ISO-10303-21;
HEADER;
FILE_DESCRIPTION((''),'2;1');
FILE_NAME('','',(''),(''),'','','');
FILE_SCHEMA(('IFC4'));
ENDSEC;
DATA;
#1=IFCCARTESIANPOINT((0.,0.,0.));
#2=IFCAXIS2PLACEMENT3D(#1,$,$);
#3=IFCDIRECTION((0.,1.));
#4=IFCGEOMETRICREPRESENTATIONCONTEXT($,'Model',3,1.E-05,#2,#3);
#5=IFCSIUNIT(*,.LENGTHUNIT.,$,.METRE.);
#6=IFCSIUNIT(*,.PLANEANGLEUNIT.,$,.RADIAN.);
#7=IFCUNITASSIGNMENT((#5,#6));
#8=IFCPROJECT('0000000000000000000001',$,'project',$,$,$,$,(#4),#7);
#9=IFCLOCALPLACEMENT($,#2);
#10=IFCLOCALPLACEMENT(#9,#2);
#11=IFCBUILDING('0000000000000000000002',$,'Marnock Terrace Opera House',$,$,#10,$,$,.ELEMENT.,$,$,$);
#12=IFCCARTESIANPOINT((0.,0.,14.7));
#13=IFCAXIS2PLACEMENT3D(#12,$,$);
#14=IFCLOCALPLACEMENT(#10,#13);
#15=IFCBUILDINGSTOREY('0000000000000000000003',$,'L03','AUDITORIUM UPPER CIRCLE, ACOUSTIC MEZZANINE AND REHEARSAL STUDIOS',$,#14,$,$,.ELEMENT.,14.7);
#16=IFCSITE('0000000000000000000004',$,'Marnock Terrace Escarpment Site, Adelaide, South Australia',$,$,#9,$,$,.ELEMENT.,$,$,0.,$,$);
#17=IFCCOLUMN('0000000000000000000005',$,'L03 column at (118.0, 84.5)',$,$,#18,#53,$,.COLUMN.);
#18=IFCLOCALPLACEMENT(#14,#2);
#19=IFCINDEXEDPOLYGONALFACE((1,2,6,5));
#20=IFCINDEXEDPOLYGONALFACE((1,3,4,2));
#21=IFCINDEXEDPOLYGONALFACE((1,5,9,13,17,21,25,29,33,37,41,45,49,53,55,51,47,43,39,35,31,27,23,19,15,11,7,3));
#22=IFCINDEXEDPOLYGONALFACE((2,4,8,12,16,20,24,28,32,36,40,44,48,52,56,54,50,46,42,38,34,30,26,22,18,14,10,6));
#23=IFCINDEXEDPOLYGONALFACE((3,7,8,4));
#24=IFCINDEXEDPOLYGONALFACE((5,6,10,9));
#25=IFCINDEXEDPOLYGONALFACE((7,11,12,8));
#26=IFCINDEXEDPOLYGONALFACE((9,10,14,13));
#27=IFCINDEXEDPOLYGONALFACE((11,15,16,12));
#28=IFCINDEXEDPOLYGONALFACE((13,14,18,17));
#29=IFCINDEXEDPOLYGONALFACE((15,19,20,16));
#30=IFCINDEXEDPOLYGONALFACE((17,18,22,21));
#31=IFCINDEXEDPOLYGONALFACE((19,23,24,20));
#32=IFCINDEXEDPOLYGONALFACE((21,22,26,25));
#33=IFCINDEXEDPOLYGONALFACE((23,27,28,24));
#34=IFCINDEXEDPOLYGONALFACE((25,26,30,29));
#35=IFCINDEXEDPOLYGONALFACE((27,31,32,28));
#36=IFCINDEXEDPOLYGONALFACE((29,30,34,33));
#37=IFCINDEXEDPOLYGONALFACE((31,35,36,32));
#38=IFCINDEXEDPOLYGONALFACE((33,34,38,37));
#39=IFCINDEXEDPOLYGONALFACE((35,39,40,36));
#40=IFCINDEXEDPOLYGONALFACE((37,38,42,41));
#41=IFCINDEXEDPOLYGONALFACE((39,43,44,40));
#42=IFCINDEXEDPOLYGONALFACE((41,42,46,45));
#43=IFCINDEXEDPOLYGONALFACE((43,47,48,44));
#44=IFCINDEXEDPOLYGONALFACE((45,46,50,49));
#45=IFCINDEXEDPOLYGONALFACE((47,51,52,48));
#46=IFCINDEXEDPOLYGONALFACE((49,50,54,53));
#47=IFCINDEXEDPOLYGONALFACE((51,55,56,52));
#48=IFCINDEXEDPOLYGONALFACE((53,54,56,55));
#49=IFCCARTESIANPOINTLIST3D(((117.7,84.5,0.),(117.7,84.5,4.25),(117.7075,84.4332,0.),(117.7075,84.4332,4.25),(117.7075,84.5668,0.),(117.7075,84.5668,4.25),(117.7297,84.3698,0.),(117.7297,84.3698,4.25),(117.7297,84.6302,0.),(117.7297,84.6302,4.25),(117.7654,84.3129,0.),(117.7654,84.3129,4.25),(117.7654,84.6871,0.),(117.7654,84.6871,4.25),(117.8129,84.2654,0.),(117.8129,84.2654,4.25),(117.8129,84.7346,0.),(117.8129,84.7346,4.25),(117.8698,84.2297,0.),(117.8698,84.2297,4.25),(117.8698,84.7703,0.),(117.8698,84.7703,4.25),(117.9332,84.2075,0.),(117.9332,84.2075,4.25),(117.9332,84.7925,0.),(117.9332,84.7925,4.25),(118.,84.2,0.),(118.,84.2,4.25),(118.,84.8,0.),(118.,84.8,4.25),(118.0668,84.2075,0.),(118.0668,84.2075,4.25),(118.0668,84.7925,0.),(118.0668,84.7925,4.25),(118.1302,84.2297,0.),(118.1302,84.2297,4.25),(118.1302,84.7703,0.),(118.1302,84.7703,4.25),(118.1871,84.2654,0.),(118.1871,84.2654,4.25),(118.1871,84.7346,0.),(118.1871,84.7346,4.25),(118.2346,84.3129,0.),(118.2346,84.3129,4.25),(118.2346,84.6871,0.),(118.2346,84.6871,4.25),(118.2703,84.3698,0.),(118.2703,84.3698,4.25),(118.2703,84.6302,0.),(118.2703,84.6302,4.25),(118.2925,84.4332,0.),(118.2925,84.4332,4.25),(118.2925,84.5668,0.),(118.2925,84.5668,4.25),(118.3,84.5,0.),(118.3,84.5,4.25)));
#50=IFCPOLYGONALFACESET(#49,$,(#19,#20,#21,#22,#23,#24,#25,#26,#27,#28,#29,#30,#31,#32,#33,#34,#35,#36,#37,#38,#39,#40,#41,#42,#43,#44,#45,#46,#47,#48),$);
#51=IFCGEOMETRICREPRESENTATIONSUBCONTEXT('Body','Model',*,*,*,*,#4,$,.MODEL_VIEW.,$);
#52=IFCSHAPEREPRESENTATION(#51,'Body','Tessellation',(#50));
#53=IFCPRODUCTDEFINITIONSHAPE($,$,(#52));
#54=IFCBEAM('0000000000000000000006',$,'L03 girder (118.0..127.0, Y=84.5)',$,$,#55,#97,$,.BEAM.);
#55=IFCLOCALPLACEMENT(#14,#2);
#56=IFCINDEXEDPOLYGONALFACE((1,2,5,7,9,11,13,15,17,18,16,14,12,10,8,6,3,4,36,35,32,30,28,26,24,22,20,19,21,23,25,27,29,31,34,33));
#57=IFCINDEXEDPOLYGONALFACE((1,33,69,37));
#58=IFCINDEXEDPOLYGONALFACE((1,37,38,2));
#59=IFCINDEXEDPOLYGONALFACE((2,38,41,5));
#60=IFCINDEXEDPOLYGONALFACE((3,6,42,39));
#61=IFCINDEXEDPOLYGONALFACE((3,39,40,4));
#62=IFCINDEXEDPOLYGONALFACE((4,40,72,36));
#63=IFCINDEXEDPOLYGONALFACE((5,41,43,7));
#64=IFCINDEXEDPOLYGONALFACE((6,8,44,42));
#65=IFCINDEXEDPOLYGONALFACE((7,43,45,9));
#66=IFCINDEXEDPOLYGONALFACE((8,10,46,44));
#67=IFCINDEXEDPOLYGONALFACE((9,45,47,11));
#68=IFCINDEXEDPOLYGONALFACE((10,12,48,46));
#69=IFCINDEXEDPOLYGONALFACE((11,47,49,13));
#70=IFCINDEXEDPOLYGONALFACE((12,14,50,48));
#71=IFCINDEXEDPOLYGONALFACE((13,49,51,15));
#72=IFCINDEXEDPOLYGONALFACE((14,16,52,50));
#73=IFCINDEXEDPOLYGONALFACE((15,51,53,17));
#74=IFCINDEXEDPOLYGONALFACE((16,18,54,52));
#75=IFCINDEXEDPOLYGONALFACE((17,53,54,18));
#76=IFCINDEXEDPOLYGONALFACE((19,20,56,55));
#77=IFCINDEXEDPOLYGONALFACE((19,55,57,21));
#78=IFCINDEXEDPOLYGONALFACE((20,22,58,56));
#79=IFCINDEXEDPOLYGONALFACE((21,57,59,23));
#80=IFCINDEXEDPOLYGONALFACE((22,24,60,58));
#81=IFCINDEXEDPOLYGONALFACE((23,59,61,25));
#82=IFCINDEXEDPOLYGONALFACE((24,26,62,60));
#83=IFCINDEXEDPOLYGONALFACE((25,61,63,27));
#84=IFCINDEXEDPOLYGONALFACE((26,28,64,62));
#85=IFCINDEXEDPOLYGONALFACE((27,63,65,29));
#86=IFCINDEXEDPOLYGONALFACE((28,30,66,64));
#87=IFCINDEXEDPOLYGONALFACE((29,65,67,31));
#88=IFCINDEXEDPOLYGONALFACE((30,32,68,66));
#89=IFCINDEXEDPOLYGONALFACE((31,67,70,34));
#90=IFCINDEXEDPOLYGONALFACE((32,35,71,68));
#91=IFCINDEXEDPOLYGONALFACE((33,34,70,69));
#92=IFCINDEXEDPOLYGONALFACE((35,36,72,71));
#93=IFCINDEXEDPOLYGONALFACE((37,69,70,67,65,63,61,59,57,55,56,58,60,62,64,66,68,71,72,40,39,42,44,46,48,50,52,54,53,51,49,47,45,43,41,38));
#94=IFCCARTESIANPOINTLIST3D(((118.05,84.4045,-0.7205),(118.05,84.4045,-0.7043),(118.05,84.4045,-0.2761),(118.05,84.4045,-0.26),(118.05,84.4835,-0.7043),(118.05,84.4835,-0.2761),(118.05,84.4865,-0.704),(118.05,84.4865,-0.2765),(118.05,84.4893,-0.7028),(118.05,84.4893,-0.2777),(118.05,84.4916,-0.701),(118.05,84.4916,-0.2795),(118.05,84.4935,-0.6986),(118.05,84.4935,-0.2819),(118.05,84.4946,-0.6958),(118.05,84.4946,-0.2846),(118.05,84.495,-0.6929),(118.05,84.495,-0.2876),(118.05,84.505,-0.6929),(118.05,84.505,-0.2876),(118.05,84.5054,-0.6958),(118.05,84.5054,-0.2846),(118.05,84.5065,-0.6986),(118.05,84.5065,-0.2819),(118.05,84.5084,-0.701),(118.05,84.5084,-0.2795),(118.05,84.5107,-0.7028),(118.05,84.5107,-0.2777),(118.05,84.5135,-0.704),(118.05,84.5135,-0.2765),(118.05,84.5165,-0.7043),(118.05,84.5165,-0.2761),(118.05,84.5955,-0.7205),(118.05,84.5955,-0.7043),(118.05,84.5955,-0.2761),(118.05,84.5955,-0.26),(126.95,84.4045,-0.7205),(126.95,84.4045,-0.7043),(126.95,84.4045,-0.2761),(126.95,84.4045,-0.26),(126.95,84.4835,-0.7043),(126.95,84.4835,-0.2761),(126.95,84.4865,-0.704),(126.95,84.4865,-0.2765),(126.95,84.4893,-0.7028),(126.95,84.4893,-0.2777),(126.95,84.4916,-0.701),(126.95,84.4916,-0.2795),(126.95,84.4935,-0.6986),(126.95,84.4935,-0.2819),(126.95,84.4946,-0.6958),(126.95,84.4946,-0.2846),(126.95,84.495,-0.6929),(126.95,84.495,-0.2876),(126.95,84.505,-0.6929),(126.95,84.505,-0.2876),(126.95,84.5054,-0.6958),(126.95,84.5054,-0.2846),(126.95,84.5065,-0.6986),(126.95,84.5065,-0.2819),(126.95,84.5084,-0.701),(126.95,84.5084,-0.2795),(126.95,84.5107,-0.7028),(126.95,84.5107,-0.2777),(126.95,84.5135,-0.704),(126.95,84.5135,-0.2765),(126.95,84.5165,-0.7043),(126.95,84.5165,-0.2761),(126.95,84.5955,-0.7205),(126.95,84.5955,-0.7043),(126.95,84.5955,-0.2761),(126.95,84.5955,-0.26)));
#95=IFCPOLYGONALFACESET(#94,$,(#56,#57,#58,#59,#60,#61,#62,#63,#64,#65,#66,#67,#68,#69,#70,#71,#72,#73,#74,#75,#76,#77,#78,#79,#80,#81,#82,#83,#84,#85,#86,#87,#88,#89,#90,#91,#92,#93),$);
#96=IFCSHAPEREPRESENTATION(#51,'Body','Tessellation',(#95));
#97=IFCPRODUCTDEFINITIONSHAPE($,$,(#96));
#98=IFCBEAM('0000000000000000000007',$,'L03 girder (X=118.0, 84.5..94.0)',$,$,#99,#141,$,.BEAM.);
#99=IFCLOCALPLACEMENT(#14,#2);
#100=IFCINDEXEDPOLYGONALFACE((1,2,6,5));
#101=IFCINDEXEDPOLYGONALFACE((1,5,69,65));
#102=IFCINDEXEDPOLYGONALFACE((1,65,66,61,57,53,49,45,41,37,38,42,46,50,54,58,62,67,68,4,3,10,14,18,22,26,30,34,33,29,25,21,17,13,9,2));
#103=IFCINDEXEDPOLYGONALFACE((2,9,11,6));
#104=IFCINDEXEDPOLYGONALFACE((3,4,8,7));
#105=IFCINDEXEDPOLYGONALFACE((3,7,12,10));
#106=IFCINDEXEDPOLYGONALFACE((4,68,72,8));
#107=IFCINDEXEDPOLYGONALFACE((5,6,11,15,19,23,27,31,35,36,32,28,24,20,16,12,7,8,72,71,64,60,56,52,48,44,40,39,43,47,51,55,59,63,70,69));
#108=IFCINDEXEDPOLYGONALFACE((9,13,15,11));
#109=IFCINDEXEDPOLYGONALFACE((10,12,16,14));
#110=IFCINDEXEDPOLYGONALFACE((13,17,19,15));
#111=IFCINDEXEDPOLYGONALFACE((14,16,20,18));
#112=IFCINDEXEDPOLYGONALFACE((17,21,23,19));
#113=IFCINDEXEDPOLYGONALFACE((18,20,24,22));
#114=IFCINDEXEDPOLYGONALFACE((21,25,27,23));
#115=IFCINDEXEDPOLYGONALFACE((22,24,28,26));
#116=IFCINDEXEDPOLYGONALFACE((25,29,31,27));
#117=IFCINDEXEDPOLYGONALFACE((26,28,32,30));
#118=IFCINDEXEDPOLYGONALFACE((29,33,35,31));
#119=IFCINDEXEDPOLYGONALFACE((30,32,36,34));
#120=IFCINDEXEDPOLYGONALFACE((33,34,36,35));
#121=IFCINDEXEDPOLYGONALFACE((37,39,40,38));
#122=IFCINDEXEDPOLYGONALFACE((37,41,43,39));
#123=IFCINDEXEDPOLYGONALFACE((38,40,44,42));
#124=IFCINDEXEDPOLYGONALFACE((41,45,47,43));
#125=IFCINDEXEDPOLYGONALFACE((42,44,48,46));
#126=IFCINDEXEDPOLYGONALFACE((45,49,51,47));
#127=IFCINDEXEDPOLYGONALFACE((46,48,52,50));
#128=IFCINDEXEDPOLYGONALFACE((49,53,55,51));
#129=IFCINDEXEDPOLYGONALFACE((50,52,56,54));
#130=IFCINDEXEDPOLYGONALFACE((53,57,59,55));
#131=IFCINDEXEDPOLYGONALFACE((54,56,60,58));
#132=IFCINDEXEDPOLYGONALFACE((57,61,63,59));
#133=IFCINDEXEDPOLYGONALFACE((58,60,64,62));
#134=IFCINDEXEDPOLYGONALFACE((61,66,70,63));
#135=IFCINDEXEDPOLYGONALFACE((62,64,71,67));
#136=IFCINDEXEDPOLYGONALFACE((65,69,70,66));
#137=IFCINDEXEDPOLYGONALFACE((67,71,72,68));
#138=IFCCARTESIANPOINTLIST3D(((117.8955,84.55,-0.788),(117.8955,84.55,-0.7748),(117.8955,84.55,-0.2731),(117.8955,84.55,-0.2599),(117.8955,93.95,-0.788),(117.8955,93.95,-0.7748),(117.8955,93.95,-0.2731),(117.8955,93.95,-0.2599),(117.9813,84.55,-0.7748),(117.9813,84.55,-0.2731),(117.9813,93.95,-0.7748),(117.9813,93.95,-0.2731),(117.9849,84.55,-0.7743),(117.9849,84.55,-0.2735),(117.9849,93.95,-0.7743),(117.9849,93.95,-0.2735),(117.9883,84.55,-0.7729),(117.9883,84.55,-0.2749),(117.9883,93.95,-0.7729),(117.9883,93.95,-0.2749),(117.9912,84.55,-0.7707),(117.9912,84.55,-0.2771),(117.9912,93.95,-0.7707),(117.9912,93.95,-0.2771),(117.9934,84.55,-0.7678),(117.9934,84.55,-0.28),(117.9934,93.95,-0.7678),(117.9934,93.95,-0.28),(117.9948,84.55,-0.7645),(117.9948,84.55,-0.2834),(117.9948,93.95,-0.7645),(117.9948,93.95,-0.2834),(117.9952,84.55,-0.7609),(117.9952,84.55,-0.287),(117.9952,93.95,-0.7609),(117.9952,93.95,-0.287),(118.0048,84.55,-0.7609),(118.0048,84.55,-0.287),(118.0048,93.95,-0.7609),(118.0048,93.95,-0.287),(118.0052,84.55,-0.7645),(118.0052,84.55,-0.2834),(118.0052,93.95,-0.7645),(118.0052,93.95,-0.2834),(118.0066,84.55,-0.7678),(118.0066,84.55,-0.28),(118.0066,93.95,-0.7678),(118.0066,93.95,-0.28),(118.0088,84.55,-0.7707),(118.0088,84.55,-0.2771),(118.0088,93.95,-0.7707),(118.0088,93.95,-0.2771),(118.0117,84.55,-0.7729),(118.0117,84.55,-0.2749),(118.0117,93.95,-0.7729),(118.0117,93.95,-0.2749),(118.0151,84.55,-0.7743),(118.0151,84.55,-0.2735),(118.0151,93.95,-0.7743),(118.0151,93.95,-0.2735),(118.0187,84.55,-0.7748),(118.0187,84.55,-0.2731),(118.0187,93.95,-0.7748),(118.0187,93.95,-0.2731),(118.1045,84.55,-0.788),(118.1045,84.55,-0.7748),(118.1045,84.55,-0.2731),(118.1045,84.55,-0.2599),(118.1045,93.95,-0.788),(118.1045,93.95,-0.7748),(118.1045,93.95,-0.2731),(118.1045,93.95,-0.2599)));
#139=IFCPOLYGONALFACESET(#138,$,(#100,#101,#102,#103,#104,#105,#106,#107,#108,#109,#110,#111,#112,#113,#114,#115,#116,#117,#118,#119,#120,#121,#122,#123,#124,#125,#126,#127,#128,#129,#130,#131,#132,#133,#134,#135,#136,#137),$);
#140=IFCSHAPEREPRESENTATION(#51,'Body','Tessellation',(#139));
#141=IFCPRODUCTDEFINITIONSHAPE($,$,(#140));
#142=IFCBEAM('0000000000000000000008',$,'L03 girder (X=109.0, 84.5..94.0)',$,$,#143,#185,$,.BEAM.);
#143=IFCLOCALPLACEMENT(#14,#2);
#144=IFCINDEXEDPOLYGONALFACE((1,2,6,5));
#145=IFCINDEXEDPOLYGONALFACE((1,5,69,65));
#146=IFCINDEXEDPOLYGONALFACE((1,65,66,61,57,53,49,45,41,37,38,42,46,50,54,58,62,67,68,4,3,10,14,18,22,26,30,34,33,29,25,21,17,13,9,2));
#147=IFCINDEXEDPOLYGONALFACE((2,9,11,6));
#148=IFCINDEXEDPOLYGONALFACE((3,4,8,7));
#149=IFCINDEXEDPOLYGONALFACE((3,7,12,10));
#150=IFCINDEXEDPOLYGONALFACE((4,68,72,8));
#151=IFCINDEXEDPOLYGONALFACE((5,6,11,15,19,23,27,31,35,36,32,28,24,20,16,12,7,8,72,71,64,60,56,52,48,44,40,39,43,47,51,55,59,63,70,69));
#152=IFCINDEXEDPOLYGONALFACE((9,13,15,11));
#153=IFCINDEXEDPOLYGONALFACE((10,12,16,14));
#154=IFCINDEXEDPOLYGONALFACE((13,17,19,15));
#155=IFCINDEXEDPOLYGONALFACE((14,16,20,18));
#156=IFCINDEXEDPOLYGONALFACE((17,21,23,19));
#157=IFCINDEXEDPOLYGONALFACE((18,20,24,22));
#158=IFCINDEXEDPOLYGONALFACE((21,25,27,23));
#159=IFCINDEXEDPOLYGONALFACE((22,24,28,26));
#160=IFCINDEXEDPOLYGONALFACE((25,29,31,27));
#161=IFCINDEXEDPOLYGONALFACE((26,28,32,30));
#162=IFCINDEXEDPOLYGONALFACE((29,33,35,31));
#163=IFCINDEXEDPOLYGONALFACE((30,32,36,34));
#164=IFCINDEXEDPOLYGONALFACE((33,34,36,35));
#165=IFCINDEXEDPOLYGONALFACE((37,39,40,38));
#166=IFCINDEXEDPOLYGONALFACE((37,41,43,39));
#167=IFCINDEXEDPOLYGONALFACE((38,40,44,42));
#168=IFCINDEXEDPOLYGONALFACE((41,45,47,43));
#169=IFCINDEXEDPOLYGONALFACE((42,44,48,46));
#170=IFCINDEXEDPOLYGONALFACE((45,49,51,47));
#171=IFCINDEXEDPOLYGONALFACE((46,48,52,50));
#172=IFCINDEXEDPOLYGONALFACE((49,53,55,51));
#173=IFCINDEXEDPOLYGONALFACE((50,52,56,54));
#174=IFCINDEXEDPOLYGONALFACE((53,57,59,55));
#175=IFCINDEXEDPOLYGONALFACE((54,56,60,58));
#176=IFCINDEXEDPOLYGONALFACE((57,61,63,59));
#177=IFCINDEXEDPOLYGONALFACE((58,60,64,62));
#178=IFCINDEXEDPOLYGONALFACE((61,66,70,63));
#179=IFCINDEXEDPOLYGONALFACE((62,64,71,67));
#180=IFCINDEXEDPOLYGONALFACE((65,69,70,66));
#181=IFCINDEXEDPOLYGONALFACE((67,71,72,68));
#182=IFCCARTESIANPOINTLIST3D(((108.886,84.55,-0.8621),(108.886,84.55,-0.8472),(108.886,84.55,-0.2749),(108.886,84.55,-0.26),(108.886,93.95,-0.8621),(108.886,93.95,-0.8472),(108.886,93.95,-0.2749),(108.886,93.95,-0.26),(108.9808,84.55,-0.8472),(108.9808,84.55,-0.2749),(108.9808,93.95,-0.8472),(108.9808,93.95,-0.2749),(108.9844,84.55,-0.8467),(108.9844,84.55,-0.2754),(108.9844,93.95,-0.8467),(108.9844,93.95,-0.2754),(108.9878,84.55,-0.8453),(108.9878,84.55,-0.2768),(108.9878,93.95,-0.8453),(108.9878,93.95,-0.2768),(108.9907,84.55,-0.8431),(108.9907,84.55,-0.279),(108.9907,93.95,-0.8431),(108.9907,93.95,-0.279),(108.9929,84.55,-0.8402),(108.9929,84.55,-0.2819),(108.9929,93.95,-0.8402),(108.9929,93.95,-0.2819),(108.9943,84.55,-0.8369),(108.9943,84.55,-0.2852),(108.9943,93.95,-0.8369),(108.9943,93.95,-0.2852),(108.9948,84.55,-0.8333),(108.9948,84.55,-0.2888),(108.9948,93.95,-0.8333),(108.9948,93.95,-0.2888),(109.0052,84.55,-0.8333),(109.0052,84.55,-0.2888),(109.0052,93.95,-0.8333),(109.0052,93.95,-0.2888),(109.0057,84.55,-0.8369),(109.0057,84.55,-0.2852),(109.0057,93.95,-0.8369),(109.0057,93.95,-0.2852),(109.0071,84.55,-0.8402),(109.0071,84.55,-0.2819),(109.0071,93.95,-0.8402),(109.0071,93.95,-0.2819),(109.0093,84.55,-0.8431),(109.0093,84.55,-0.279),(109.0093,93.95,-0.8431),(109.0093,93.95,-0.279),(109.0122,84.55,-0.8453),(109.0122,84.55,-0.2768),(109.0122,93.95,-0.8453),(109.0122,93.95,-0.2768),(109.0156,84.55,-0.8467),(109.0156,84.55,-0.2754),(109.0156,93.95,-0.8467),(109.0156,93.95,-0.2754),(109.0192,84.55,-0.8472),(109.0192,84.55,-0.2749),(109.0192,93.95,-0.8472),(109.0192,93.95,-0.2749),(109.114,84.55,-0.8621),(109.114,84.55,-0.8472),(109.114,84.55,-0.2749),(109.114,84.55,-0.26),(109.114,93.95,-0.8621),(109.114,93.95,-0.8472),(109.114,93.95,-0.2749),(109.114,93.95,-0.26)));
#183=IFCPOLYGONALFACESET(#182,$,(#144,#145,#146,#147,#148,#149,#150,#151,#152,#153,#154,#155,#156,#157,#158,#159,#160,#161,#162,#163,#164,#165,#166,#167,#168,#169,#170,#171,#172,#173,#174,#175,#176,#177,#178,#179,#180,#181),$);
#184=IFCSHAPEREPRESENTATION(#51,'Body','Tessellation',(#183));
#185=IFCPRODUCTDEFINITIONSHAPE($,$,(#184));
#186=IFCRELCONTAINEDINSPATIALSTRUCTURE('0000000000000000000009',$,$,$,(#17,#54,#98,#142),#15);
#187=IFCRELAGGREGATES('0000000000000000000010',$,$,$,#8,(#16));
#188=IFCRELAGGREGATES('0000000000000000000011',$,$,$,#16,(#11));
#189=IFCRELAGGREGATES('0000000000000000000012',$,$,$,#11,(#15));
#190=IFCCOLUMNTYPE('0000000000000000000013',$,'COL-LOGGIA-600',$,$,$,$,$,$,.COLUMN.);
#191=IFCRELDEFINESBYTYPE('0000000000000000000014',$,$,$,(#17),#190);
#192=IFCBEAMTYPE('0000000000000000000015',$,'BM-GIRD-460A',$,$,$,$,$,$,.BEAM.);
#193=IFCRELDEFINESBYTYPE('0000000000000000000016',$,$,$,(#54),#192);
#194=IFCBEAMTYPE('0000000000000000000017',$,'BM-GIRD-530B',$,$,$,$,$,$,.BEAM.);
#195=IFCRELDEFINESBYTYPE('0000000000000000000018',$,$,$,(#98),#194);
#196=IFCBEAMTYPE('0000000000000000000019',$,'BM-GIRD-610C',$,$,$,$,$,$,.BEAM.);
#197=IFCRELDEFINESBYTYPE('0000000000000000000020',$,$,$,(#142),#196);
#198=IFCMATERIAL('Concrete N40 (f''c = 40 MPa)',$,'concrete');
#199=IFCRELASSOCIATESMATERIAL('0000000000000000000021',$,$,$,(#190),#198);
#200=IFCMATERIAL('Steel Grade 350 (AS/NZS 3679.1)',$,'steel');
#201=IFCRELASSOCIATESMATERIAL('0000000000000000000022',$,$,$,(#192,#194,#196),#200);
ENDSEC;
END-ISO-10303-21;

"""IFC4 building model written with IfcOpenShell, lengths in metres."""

from ifc_helpers import new_model, si_unit, direction, frame, origin, origin_2d, place, context, subcontext, project, spatial, circle, i_section, extrude, material, material_profile, profile_set, type_object, element, save


model = new_model("IFC4")

# Units and contexts
model_context = context("Model", 3, precision=1e-05, world=origin(), true_north=direction((0.0, 1.0)))
body_context = subcontext(model_context, "Body", "Model", "MODEL_VIEW")
ifc_project = project(units=[si_unit("LENGTHUNIT", "METRE"), si_unit("PLANEANGLEUNIT", "RADIAN")], contexts=[model_context])

# Site, building, storey
site_placement = place(None, origin())
site = spatial("IfcSite", under=ifc_project, at=site_placement, Name="Marnock Terrace Escarpment Site, Adelaide, South Australia", CompositionType="ELEMENT", RefElevation=0.0)
building_placement = place(site_placement, origin())
building = spatial("IfcBuilding", under=site, at=building_placement, Name="Marnock Terrace Opera House", CompositionType="ELEMENT")
storey_placement = place(building_placement, frame((0.0, 0.0, 14.7)))
storey = spatial("IfcBuildingStorey", under=building, at=storey_placement, Name="L03", Description="AUDITORIUM UPPER CIRCLE, ACOUSTIC MEZZANINE AND REHEARSAL STUDIOS", CompositionType="ELEMENT", Elevation=14.7)

# Column
ifc_material_1 = material(Name="Concrete N40 (f'c = 40 MPa)", Category="concrete")
ifc_material_profile_1 = material_profile(ifc_material_1, circle(Radius=0.3, at=origin_2d()))
ifc_profile_set_1 = profile_set([ifc_material_profile_1], Name="Concrete N40 (f'c = 40 MPa)")
column_type = type_object("IfcColumnType", Name="COL-LOGGIA-600", PredefinedType="COLUMN", material=ifc_profile_set_1)
column_placement = place(storey_placement, frame((118.0, 84.5, 0.0), z_axis=(0.0, 0.0, 1.0), x_axis=(1.0, 0.0, 0.0)))
element("IfcColumn", 1, at=column_placement, inside=storey, type_object=column_type, Name="L03 column at (118.0, 84.5)", PredefinedType="COLUMN", context=body_context, shape_type="SweptSolid", body=[
    extrude(circle(Radius=0.3, at=origin_2d()), origin(), (0.0, 0.0, 1.0), 4.25),
])

# Beams
ifc_material_2 = material(Name="Steel Grade 350 (AS/NZS 3679.1)", Category="steel")
ifc_material_profile_2 = material_profile(ifc_material_2, i_section(OverallWidth=0.1909, OverallDepth=0.4604, WebThickness=0.01, FlangeThickness=0.0161, FilletRadius=0.0115, at=origin_2d()))
ifc_profile_set_2 = profile_set([ifc_material_profile_2], Name="Steel Grade 350 (AS/NZS 3679.1)")
beam_type_1 = type_object("IfcBeamType", Name="BM-GIRD-460A", PredefinedType="BEAM", material=ifc_profile_set_2)
beam_1_placement = place(storey_placement, frame((118.05, 84.5, -0.4902), z_axis=(1.0, 0.0, 0.0), x_axis=(0.0, 1.0, 0.0)))
element("IfcBeam", 2, at=beam_1_placement, inside=storey, type_object=beam_type_1, Name="L03 girder (118.0..127.0, Y=84.5)", PredefinedType="BEAM", context=body_context, shape_type="SweptSolid", body=[
    extrude(i_section(OverallWidth=0.1909, OverallDepth=0.4604, WebThickness=0.01, FlangeThickness=0.0161, FilletRadius=0.0115, at=origin_2d()), origin(), (0.0, 0.0, 1.0), 8.8999),
])
ifc_material_profile_3 = material_profile(ifc_material_2, i_section(OverallWidth=0.209, OverallDepth=0.5281, WebThickness=0.0095, FlangeThickness=0.0132, FilletRadius=0.0139, at=origin_2d()))
ifc_profile_set_3 = profile_set([ifc_material_profile_3], Name="Steel Grade 350 (AS/NZS 3679.1)")
beam_type_2 = type_object("IfcBeamType", Name="BM-GIRD-530B", PredefinedType="BEAM", material=ifc_profile_set_3)
beam_2_placement = place(storey_placement, frame((118.0, 84.55, -0.5239), z_axis=(0.0, 1.0, 0.0), x_axis=(-1.0, 0.0, 0.0)))
element("IfcBeam", 3, at=beam_2_placement, inside=storey, type_object=beam_type_2, Name="L03 girder (X=118.0, 84.5..94.0)", PredefinedType="BEAM", context=body_context, shape_type="SweptSolid", body=[
    extrude(i_section(OverallWidth=0.209, OverallDepth=0.5281, WebThickness=0.0095, FlangeThickness=0.0132, FilletRadius=0.0139, at=origin_2d()), origin(), (0.0, 0.0, 1.0), 9.3999),
])
ifc_material_profile_4 = material_profile(ifc_material_2, i_section(OverallWidth=0.228, OverallDepth=0.6021, WebThickness=0.0105, FlangeThickness=0.0149, FilletRadius=0.0139, at=origin_2d()))
ifc_profile_set_4 = profile_set([ifc_material_profile_4], Name="Steel Grade 350 (AS/NZS 3679.1)")
beam_type_3 = type_object("IfcBeamType", Name="BM-GIRD-610C", PredefinedType="BEAM", material=ifc_profile_set_4)
beam_3_placement = place(storey_placement, frame((109.0, 84.55, -0.561), z_axis=(0.0, 1.0, 0.0), x_axis=(-1.0, 0.0, 0.0)))
element("IfcBeam", 4, at=beam_3_placement, inside=storey, type_object=beam_type_3, Name="L03 girder (X=109.0, 84.5..94.0)", PredefinedType="BEAM", context=body_context, shape_type="SweptSolid", body=[
    extrude(i_section(OverallWidth=0.228, OverallDepth=0.6021, WebThickness=0.0105, FlangeThickness=0.0149, FilletRadius=0.0139, at=origin_2d()), origin(), (0.0, 0.0, 1.0), 9.3999),
])

save(model, "model.ifc")
